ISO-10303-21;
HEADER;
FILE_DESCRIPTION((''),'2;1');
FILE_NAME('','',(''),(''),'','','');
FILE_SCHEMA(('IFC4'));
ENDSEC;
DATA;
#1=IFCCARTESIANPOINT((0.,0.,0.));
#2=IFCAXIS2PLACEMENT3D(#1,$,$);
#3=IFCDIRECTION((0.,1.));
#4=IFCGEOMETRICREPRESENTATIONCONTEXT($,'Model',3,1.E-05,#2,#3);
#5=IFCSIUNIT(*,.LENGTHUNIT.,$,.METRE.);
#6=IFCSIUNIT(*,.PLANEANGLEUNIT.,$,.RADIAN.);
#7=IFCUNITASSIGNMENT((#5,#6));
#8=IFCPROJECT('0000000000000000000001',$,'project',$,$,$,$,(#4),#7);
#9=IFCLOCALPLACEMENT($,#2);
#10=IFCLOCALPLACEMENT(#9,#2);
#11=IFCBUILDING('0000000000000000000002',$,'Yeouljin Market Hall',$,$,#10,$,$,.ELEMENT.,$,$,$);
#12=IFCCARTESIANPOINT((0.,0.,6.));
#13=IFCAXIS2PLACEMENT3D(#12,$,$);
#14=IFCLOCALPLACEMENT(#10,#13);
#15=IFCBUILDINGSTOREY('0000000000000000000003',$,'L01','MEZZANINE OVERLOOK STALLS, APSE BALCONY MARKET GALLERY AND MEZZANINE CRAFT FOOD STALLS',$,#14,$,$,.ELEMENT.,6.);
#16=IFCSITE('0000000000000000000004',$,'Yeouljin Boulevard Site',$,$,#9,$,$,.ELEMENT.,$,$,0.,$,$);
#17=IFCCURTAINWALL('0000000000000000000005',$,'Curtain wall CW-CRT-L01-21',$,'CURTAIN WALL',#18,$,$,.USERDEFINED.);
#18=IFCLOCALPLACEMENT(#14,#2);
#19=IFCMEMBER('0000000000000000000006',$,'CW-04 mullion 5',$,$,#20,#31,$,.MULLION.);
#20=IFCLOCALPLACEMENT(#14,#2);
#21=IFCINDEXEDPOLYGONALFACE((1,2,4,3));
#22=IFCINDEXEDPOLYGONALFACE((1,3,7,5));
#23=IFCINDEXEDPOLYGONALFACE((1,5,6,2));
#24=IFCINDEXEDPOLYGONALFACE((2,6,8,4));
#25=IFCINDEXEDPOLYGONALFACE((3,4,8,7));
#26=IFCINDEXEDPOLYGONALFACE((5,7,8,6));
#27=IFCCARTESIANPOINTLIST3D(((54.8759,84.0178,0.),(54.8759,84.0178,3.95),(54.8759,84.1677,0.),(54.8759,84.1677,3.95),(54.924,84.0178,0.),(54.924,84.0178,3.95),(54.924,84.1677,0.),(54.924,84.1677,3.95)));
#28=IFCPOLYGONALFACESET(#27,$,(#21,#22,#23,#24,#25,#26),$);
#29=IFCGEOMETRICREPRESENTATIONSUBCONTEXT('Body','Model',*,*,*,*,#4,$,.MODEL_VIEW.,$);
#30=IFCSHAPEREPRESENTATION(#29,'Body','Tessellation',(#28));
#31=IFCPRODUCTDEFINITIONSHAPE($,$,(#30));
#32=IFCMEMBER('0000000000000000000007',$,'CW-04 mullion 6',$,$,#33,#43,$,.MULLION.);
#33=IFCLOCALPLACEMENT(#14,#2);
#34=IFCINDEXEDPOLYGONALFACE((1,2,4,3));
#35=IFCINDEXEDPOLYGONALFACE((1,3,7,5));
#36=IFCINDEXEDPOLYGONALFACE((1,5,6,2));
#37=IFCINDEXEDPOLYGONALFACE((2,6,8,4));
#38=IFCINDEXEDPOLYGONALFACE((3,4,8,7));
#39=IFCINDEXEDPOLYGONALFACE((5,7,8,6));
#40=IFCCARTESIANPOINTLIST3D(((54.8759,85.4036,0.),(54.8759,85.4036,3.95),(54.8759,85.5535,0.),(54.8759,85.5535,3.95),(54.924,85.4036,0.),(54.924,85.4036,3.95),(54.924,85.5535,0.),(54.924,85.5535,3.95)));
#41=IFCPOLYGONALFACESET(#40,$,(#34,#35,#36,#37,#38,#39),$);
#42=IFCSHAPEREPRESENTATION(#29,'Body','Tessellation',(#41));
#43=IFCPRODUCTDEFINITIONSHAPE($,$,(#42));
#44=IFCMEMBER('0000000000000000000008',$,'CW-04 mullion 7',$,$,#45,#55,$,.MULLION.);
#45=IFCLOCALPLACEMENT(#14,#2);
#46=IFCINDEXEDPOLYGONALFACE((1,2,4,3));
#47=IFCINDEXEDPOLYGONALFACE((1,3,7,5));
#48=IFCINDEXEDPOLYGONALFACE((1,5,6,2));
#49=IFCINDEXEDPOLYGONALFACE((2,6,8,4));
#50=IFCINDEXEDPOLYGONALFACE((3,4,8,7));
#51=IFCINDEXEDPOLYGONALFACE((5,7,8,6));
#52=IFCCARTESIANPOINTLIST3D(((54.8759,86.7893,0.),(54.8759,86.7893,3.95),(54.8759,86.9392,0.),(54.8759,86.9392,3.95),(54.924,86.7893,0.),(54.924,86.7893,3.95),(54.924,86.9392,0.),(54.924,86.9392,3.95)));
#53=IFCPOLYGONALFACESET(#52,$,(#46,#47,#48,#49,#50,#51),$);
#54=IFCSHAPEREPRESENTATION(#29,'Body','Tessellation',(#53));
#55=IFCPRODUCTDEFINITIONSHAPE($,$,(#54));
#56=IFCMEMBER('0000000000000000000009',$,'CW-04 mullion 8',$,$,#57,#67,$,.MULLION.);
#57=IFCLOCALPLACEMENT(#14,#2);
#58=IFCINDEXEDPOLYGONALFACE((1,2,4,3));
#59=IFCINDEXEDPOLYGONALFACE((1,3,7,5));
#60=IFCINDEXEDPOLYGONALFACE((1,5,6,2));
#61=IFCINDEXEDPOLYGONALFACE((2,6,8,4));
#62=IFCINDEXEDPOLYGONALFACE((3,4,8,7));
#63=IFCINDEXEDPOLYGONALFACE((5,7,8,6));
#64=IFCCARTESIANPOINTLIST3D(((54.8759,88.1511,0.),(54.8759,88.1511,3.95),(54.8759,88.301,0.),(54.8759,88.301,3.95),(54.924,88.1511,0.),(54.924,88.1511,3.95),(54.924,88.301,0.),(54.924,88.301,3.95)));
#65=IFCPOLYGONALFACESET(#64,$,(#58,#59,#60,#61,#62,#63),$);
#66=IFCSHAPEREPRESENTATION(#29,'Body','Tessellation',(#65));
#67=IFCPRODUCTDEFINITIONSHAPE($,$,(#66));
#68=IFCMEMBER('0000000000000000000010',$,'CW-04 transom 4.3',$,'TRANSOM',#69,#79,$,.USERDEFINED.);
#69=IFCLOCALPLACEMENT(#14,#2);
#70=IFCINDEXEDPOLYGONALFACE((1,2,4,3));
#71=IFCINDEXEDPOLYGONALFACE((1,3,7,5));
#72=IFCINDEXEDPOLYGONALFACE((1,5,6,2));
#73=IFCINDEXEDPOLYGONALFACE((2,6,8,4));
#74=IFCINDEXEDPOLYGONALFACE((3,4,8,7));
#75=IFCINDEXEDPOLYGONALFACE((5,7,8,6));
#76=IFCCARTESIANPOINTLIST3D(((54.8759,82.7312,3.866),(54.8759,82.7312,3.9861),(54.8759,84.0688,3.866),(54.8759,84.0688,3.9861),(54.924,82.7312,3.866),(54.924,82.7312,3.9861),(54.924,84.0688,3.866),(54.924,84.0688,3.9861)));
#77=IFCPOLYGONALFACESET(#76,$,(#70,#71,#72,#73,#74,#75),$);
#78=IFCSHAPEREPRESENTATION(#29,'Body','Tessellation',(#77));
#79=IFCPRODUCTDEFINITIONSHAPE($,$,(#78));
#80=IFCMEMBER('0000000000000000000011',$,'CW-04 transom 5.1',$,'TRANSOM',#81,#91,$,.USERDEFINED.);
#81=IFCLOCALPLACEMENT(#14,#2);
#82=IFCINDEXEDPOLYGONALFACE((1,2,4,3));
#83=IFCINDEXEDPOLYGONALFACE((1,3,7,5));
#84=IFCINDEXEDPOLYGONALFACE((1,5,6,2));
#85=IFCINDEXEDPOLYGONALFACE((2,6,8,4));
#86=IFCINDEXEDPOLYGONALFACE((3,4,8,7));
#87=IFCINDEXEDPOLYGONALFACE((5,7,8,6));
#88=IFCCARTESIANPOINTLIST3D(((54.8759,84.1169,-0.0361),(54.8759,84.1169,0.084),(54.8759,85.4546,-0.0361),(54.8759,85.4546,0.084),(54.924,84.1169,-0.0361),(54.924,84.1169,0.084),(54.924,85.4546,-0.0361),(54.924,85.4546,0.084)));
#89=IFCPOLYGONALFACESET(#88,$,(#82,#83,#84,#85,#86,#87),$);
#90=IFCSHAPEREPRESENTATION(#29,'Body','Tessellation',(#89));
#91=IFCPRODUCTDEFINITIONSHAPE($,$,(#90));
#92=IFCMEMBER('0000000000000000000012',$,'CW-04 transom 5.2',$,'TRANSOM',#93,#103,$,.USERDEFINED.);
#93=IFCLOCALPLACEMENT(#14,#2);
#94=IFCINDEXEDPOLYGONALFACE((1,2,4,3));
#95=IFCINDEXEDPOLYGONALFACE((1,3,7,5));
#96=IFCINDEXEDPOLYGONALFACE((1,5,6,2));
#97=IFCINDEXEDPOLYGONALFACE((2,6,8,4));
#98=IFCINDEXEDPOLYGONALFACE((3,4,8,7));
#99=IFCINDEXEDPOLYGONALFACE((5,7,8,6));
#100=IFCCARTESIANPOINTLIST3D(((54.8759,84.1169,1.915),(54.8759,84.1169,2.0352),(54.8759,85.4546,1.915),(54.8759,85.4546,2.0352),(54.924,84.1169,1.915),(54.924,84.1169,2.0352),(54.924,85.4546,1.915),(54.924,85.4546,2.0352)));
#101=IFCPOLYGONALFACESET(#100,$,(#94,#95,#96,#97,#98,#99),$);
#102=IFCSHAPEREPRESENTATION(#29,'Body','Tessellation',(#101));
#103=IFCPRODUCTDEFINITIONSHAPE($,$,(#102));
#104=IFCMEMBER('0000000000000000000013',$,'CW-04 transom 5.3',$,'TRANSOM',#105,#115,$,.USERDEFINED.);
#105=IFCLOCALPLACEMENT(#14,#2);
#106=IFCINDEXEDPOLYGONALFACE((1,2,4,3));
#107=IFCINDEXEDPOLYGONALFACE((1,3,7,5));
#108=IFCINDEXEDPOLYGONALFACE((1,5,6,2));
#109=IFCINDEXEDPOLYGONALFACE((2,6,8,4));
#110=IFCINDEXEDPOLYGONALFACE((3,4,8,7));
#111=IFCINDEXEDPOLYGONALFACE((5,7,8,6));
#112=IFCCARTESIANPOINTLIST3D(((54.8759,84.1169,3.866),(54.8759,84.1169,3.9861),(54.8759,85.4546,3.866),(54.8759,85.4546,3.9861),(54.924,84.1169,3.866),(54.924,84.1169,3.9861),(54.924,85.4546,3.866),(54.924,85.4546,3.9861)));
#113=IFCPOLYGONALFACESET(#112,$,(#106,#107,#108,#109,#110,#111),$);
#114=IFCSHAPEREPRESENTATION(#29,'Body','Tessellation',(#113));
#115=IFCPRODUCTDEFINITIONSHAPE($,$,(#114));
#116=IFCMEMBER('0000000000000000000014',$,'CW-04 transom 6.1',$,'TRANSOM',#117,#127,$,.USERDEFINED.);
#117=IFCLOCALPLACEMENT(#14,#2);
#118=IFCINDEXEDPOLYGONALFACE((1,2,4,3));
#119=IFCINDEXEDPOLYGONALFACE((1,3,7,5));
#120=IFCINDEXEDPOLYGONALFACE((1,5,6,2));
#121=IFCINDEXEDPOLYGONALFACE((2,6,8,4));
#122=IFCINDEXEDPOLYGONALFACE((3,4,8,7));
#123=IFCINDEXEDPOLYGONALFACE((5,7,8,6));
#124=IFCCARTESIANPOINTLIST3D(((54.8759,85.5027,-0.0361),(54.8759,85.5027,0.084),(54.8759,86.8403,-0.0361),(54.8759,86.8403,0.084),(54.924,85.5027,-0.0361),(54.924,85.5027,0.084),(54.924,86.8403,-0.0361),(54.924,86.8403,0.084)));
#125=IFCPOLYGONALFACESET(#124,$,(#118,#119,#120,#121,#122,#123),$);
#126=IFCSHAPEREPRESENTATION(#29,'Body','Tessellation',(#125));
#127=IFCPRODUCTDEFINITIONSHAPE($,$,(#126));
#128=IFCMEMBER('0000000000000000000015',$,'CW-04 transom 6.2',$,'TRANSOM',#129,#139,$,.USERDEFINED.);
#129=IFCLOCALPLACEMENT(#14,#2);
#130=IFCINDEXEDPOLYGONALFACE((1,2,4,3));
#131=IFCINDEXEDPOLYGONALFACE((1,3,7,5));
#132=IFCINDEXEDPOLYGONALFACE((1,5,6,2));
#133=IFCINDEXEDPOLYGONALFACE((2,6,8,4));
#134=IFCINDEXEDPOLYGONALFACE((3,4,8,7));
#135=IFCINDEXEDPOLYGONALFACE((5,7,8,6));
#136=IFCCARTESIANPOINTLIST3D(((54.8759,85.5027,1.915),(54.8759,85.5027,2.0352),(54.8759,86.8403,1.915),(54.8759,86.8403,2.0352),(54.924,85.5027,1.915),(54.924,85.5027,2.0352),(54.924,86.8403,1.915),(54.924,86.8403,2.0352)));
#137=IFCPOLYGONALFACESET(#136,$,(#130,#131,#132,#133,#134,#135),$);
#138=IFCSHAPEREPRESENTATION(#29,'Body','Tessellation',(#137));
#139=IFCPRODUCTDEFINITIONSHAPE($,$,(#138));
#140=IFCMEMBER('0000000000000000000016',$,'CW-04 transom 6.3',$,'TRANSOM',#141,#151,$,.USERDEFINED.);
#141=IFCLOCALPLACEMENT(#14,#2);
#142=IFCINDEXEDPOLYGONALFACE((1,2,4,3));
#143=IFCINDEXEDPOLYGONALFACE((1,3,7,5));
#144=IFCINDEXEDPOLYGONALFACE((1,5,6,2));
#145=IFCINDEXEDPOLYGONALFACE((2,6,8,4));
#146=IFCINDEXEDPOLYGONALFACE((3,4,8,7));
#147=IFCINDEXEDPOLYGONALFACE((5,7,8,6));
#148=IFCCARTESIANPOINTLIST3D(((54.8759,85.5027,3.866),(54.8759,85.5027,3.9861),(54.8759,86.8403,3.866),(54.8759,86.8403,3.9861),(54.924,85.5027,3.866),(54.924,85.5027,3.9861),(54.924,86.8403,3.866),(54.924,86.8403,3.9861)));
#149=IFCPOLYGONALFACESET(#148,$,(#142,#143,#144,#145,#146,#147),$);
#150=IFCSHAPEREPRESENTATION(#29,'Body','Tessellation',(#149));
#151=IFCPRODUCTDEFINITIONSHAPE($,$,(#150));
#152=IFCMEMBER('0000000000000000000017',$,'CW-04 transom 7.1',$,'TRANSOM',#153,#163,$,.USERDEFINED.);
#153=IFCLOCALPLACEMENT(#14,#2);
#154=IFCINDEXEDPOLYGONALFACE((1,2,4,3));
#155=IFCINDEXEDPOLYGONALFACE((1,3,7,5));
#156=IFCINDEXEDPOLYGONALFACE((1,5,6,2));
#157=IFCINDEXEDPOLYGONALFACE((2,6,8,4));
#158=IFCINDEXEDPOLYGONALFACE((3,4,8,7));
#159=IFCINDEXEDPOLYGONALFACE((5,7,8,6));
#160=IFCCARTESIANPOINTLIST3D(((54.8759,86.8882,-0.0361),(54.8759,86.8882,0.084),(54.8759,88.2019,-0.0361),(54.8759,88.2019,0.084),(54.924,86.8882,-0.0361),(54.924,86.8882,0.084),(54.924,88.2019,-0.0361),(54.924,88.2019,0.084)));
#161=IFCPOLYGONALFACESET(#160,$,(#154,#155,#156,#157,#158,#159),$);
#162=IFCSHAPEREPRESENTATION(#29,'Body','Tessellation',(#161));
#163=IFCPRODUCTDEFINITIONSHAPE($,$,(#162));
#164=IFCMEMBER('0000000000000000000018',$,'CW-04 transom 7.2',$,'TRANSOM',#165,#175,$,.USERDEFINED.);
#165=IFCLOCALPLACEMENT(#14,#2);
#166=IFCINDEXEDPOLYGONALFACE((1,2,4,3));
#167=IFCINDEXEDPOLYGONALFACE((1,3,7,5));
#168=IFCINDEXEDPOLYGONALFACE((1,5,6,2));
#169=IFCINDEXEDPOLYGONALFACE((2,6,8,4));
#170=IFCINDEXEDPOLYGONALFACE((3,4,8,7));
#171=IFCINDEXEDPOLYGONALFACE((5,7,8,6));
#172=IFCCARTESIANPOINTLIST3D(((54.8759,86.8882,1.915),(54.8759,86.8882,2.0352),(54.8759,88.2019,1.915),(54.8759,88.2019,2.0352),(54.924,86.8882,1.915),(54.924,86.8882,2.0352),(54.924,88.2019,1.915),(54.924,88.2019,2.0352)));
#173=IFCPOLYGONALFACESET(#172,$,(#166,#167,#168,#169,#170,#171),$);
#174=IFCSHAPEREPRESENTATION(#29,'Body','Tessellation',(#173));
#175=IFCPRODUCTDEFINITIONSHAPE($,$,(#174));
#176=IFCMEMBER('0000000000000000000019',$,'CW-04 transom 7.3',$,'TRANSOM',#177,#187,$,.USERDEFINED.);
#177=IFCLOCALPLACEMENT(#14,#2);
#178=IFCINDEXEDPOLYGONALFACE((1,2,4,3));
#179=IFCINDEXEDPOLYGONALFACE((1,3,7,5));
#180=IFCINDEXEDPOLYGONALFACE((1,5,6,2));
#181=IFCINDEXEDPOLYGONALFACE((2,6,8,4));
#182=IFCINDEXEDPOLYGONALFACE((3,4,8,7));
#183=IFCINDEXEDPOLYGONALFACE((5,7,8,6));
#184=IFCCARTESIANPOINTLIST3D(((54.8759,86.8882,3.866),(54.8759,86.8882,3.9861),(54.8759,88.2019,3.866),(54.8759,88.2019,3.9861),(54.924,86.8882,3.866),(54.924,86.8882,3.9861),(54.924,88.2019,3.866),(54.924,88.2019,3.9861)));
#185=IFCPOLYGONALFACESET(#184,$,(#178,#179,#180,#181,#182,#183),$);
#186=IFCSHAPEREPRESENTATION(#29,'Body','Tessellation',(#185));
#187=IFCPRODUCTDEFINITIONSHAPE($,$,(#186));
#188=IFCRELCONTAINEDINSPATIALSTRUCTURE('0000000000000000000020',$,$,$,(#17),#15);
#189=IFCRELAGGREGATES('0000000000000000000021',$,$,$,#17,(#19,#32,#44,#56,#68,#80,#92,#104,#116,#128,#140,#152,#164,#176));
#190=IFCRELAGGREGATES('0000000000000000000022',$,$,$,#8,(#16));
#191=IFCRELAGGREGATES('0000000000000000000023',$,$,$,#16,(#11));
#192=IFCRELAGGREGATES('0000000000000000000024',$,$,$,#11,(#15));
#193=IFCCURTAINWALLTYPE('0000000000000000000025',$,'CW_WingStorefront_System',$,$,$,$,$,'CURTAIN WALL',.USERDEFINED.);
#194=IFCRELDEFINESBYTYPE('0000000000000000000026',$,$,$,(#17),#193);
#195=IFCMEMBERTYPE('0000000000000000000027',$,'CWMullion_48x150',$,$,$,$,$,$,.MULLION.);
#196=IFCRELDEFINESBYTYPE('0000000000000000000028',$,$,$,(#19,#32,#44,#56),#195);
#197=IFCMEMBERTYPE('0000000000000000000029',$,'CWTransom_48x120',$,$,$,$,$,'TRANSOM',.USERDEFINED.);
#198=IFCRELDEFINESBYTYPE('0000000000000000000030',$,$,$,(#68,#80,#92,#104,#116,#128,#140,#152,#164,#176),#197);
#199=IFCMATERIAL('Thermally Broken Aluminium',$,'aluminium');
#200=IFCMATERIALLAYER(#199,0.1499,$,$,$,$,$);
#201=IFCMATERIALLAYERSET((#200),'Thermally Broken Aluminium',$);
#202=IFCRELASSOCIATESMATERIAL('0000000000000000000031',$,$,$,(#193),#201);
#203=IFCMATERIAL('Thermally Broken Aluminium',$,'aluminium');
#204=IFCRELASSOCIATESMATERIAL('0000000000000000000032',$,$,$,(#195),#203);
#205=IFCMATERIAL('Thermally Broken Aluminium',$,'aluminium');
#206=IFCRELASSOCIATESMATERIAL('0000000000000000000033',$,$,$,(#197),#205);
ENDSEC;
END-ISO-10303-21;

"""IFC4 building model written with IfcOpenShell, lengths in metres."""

from ifc_helpers import new_model, si_unit, direction, frame, origin, origin_2d, place, context, subcontext, project, spatial, rectangle, extrude, material, layer, layer_set, material_profile, profile_set, type_object, element, aggregate, save


model = new_model("IFC4")

# Units and contexts
model_context = context("Model", 3, precision=1e-05, world=origin(), true_north=direction((0.0, 1.0)))
body_context = subcontext(model_context, "Body", "Model", "MODEL_VIEW")
ifc_project = project(units=[si_unit("LENGTHUNIT", "METRE"), si_unit("PLANEANGLEUNIT", "RADIAN")], contexts=[model_context])

# Site, building, storey
site_placement = place(None, origin())
site = spatial("IfcSite", under=ifc_project, at=site_placement, Name="Yeouljin Boulevard Site", CompositionType="ELEMENT", RefElevation=0.0)
building_placement = place(site_placement, origin())
building = spatial("IfcBuilding", under=site, at=building_placement, Name="Yeouljin Market Hall", CompositionType="ELEMENT")
storey_placement = place(building_placement, frame((0.0, 0.0, 6.0)))
storey = spatial("IfcBuildingStorey", under=building, at=storey_placement, Name="L01", Description="MEZZANINE OVERLOOK STALLS, APSE BALCONY MARKET GALLERY AND MEZZANINE CRAFT FOOD STALLS", CompositionType="ELEMENT", Elevation=6.0)

# Curtain wall, members
ifc_material_1 = material(Name="Thermally Broken Aluminium", Category="aluminium")
ifc_layer_1 = layer(ifc_material_1, 0.1499)
ifc_layer_set_1 = layer_set([ifc_layer_1], Name="Thermally Broken Aluminium")
curtain_wall_type = type_object("IfcCurtainWallType", Name="CW_WingStorefront_System", ElementType="CURTAIN WALL", PredefinedType="USERDEFINED", material=ifc_layer_set_1)
curtain_wall_placement = place(storey_placement, origin())
curtain_wall = element("IfcCurtainWall", 1, at=curtain_wall_placement, inside=storey, type_object=curtain_wall_type, Name="Curtain wall CW-CRT-L01-21", ObjectType="CURTAIN WALL", PredefinedType="USERDEFINED")
ifc_material_2 = material(Name="Thermally Broken Aluminium", Category="aluminium")
ifc_material_profile_1 = material_profile(ifc_material_2, rectangle(XDim=0.0481, YDim=0.1499, at=origin_2d()), Name="CW-MULL-48x150")
ifc_profile_set_1 = profile_set([ifc_material_profile_1], Name="Thermally Broken Aluminium")
member_type_1 = type_object("IfcMemberType", Name="CWMullion_48x150", PredefinedType="MULLION", material=ifc_profile_set_1)
member_1_placement = place(storey_placement, frame((54.8999, 84.0928, 0.0), z_axis=(0.0, 0.0, 1.0), x_axis=(-1.0, 0.0, 0.0)))
member_1 = element("IfcMember", 2, at=member_1_placement, type_object=member_type_1, Name="CW-04 mullion 5", PredefinedType="MULLION", context=body_context, shape_type="SweptSolid", body=[
    extrude(rectangle(XDim=0.0481, YDim=0.1499, at=origin_2d()), origin(), (0.0, 0.0, 1.0), 3.95),
])
member_2_placement = place(storey_placement, frame((54.8999, 85.4785, 0.0), z_axis=(0.0, 0.0, 1.0), x_axis=(-1.0, 0.0, 0.0)))
member_2 = element("IfcMember", 3, at=member_2_placement, type_object=member_type_1, Name="CW-04 mullion 6", PredefinedType="MULLION", context=body_context, shape_type="SweptSolid", body=[
    extrude(rectangle(XDim=0.0481, YDim=0.1499, at=origin_2d()), origin(), (0.0, 0.0, 1.0), 3.95),
])
member_3_placement = place(storey_placement, frame((54.8999, 86.8643, 0.0), z_axis=(0.0, 0.0, 1.0), x_axis=(-1.0, 0.0, 0.0)))
member_3 = element("IfcMember", 4, at=member_3_placement, type_object=member_type_1, Name="CW-04 mullion 7", PredefinedType="MULLION", context=body_context, shape_type="SweptSolid", body=[
    extrude(rectangle(XDim=0.0481, YDim=0.1499, at=origin_2d()), origin(), (0.0, 0.0, 1.0), 3.95),
])
member_4_placement = place(storey_placement, frame((54.8999, 88.2261, 0.0), z_axis=(0.0, 0.0, 1.0), x_axis=(-1.0, 0.0, 0.0)))
member_4 = element("IfcMember", 5, at=member_4_placement, type_object=member_type_1, Name="CW-04 mullion 8", PredefinedType="MULLION", context=body_context, shape_type="SweptSolid", body=[
    extrude(rectangle(XDim=0.0481, YDim=0.1499, at=origin_2d()), origin(), (0.0, 0.0, 1.0), 3.95),
])
ifc_material_3 = material(Name="Thermally Broken Aluminium", Category="aluminium")
ifc_material_profile_2 = material_profile(ifc_material_3, rectangle(XDim=0.0481, YDim=0.1201, at=origin_2d()), Name="CW-TRAN-48x120")
ifc_profile_set_2 = profile_set([ifc_material_profile_2], Name="Thermally Broken Aluminium")
member_type_2 = type_object("IfcMemberType", Name="CWTransom_48x120", ElementType="TRANSOM", PredefinedType="USERDEFINED", material=ifc_profile_set_2)
member_5_placement = place(storey_placement, frame((54.8999, 82.7312, 3.926), z_axis=(0.0, 1.0, 0.0), x_axis=(-1.0, 0.0, 0.0)))
member_5 = element("IfcMember", 6, at=member_5_placement, type_object=member_type_2, Name="CW-04 transom 4.3", ObjectType="TRANSOM", PredefinedType="USERDEFINED", context=body_context, shape_type="SweptSolid", body=[
    extrude(rectangle(XDim=0.0481, YDim=0.1201, at=origin_2d()), origin(), (0.0, 0.0, 1.0), 1.3376),
])
member_6_placement = place(storey_placement, frame((54.8999, 84.1169, 0.0239), z_axis=(0.0, 1.0, 0.0), x_axis=(-1.0, 0.0, 0.0)))
member_6 = element("IfcMember", 7, at=member_6_placement, type_object=member_type_2, Name="CW-04 transom 5.1", ObjectType="TRANSOM", PredefinedType="USERDEFINED", context=body_context, shape_type="SweptSolid", body=[
    extrude(rectangle(XDim=0.0481, YDim=0.1201, at=origin_2d()), origin(), (0.0, 0.0, 1.0), 1.3376),
])
member_7_placement = place(storey_placement, frame((54.8999, 84.1169, 1.9751), z_axis=(0.0, 1.0, 0.0), x_axis=(-1.0, 0.0, 0.0)))
member_7 = element("IfcMember", 8, at=member_7_placement, type_object=member_type_2, Name="CW-04 transom 5.2", ObjectType="TRANSOM", PredefinedType="USERDEFINED", context=body_context, shape_type="SweptSolid", body=[
    extrude(rectangle(XDim=0.0481, YDim=0.1201, at=origin_2d()), origin(), (0.0, 0.0, 1.0), 1.3376),
])
member_8_placement = place(storey_placement, frame((54.8999, 84.1169, 3.926), z_axis=(0.0, 1.0, 0.0), x_axis=(-1.0, 0.0, 0.0)))
member_8 = element("IfcMember", 9, at=member_8_placement, type_object=member_type_2, Name="CW-04 transom 5.3", ObjectType="TRANSOM", PredefinedType="USERDEFINED", context=body_context, shape_type="SweptSolid", body=[
    extrude(rectangle(XDim=0.0481, YDim=0.1201, at=origin_2d()), origin(), (0.0, 0.0, 1.0), 1.3376),
])
member_9_placement = place(storey_placement, frame((54.8999, 85.5027, 0.0239), z_axis=(0.0, 1.0, 0.0), x_axis=(-1.0, 0.0, 0.0)))
member_9 = element("IfcMember", 10, at=member_9_placement, type_object=member_type_2, Name="CW-04 transom 6.1", ObjectType="TRANSOM", PredefinedType="USERDEFINED", context=body_context, shape_type="SweptSolid", body=[
    extrude(rectangle(XDim=0.0481, YDim=0.1201, at=origin_2d()), origin(), (0.0, 0.0, 1.0), 1.3376),
])
member_10_placement = place(storey_placement, frame((54.8999, 85.5027, 1.9751), z_axis=(0.0, 1.0, 0.0), x_axis=(-1.0, 0.0, 0.0)))
member_10 = element("IfcMember", 11, at=member_10_placement, type_object=member_type_2, Name="CW-04 transom 6.2", ObjectType="TRANSOM", PredefinedType="USERDEFINED", context=body_context, shape_type="SweptSolid", body=[
    extrude(rectangle(XDim=0.0481, YDim=0.1201, at=origin_2d()), origin(), (0.0, 0.0, 1.0), 1.3376),
])
member_11_placement = place(storey_placement, frame((54.8999, 85.5027, 3.926), z_axis=(0.0, 1.0, 0.0), x_axis=(-1.0, 0.0, 0.0)))
member_11 = element("IfcMember", 12, at=member_11_placement, type_object=member_type_2, Name="CW-04 transom 6.3", ObjectType="TRANSOM", PredefinedType="USERDEFINED", context=body_context, shape_type="SweptSolid", body=[
    extrude(rectangle(XDim=0.0481, YDim=0.1201, at=origin_2d()), origin(), (0.0, 0.0, 1.0), 1.3376),
])
member_12_placement = place(storey_placement, frame((54.8999, 86.8882, 0.0239), z_axis=(0.0, 1.0, 0.0), x_axis=(-1.0, 0.0, 0.0)))
member_12 = element("IfcMember", 13, at=member_12_placement, type_object=member_type_2, Name="CW-04 transom 7.1", ObjectType="TRANSOM", PredefinedType="USERDEFINED", context=body_context, shape_type="SweptSolid", body=[
    extrude(rectangle(XDim=0.0481, YDim=0.1201, at=origin_2d()), origin(), (0.0, 0.0, 1.0), 1.3137),
])
member_13_placement = place(storey_placement, frame((54.8999, 86.8882, 1.9751), z_axis=(0.0, 1.0, 0.0), x_axis=(-1.0, 0.0, 0.0)))
member_13 = element("IfcMember", 14, at=member_13_placement, type_object=member_type_2, Name="CW-04 transom 7.2", ObjectType="TRANSOM", PredefinedType="USERDEFINED", context=body_context, shape_type="SweptSolid", body=[
    extrude(rectangle(XDim=0.0481, YDim=0.1201, at=origin_2d()), origin(), (0.0, 0.0, 1.0), 1.3137),
])
member_14_placement = place(storey_placement, frame((54.8999, 86.8882, 3.926), z_axis=(0.0, 1.0, 0.0), x_axis=(-1.0, 0.0, 0.0)))
member_14 = element("IfcMember", 15, at=member_14_placement, type_object=member_type_2, Name="CW-04 transom 7.3", ObjectType="TRANSOM", PredefinedType="USERDEFINED", context=body_context, shape_type="SweptSolid", body=[
    extrude(rectangle(XDim=0.0481, YDim=0.1201, at=origin_2d()), origin(), (0.0, 0.0, 1.0), 1.3137),
])

aggregate(curtain_wall, [member_1, member_2, member_3, member_4, member_5, member_6, member_7, member_8, member_9, member_10, member_11, member_12, member_13, member_14])

save(model, "model.ifc")
